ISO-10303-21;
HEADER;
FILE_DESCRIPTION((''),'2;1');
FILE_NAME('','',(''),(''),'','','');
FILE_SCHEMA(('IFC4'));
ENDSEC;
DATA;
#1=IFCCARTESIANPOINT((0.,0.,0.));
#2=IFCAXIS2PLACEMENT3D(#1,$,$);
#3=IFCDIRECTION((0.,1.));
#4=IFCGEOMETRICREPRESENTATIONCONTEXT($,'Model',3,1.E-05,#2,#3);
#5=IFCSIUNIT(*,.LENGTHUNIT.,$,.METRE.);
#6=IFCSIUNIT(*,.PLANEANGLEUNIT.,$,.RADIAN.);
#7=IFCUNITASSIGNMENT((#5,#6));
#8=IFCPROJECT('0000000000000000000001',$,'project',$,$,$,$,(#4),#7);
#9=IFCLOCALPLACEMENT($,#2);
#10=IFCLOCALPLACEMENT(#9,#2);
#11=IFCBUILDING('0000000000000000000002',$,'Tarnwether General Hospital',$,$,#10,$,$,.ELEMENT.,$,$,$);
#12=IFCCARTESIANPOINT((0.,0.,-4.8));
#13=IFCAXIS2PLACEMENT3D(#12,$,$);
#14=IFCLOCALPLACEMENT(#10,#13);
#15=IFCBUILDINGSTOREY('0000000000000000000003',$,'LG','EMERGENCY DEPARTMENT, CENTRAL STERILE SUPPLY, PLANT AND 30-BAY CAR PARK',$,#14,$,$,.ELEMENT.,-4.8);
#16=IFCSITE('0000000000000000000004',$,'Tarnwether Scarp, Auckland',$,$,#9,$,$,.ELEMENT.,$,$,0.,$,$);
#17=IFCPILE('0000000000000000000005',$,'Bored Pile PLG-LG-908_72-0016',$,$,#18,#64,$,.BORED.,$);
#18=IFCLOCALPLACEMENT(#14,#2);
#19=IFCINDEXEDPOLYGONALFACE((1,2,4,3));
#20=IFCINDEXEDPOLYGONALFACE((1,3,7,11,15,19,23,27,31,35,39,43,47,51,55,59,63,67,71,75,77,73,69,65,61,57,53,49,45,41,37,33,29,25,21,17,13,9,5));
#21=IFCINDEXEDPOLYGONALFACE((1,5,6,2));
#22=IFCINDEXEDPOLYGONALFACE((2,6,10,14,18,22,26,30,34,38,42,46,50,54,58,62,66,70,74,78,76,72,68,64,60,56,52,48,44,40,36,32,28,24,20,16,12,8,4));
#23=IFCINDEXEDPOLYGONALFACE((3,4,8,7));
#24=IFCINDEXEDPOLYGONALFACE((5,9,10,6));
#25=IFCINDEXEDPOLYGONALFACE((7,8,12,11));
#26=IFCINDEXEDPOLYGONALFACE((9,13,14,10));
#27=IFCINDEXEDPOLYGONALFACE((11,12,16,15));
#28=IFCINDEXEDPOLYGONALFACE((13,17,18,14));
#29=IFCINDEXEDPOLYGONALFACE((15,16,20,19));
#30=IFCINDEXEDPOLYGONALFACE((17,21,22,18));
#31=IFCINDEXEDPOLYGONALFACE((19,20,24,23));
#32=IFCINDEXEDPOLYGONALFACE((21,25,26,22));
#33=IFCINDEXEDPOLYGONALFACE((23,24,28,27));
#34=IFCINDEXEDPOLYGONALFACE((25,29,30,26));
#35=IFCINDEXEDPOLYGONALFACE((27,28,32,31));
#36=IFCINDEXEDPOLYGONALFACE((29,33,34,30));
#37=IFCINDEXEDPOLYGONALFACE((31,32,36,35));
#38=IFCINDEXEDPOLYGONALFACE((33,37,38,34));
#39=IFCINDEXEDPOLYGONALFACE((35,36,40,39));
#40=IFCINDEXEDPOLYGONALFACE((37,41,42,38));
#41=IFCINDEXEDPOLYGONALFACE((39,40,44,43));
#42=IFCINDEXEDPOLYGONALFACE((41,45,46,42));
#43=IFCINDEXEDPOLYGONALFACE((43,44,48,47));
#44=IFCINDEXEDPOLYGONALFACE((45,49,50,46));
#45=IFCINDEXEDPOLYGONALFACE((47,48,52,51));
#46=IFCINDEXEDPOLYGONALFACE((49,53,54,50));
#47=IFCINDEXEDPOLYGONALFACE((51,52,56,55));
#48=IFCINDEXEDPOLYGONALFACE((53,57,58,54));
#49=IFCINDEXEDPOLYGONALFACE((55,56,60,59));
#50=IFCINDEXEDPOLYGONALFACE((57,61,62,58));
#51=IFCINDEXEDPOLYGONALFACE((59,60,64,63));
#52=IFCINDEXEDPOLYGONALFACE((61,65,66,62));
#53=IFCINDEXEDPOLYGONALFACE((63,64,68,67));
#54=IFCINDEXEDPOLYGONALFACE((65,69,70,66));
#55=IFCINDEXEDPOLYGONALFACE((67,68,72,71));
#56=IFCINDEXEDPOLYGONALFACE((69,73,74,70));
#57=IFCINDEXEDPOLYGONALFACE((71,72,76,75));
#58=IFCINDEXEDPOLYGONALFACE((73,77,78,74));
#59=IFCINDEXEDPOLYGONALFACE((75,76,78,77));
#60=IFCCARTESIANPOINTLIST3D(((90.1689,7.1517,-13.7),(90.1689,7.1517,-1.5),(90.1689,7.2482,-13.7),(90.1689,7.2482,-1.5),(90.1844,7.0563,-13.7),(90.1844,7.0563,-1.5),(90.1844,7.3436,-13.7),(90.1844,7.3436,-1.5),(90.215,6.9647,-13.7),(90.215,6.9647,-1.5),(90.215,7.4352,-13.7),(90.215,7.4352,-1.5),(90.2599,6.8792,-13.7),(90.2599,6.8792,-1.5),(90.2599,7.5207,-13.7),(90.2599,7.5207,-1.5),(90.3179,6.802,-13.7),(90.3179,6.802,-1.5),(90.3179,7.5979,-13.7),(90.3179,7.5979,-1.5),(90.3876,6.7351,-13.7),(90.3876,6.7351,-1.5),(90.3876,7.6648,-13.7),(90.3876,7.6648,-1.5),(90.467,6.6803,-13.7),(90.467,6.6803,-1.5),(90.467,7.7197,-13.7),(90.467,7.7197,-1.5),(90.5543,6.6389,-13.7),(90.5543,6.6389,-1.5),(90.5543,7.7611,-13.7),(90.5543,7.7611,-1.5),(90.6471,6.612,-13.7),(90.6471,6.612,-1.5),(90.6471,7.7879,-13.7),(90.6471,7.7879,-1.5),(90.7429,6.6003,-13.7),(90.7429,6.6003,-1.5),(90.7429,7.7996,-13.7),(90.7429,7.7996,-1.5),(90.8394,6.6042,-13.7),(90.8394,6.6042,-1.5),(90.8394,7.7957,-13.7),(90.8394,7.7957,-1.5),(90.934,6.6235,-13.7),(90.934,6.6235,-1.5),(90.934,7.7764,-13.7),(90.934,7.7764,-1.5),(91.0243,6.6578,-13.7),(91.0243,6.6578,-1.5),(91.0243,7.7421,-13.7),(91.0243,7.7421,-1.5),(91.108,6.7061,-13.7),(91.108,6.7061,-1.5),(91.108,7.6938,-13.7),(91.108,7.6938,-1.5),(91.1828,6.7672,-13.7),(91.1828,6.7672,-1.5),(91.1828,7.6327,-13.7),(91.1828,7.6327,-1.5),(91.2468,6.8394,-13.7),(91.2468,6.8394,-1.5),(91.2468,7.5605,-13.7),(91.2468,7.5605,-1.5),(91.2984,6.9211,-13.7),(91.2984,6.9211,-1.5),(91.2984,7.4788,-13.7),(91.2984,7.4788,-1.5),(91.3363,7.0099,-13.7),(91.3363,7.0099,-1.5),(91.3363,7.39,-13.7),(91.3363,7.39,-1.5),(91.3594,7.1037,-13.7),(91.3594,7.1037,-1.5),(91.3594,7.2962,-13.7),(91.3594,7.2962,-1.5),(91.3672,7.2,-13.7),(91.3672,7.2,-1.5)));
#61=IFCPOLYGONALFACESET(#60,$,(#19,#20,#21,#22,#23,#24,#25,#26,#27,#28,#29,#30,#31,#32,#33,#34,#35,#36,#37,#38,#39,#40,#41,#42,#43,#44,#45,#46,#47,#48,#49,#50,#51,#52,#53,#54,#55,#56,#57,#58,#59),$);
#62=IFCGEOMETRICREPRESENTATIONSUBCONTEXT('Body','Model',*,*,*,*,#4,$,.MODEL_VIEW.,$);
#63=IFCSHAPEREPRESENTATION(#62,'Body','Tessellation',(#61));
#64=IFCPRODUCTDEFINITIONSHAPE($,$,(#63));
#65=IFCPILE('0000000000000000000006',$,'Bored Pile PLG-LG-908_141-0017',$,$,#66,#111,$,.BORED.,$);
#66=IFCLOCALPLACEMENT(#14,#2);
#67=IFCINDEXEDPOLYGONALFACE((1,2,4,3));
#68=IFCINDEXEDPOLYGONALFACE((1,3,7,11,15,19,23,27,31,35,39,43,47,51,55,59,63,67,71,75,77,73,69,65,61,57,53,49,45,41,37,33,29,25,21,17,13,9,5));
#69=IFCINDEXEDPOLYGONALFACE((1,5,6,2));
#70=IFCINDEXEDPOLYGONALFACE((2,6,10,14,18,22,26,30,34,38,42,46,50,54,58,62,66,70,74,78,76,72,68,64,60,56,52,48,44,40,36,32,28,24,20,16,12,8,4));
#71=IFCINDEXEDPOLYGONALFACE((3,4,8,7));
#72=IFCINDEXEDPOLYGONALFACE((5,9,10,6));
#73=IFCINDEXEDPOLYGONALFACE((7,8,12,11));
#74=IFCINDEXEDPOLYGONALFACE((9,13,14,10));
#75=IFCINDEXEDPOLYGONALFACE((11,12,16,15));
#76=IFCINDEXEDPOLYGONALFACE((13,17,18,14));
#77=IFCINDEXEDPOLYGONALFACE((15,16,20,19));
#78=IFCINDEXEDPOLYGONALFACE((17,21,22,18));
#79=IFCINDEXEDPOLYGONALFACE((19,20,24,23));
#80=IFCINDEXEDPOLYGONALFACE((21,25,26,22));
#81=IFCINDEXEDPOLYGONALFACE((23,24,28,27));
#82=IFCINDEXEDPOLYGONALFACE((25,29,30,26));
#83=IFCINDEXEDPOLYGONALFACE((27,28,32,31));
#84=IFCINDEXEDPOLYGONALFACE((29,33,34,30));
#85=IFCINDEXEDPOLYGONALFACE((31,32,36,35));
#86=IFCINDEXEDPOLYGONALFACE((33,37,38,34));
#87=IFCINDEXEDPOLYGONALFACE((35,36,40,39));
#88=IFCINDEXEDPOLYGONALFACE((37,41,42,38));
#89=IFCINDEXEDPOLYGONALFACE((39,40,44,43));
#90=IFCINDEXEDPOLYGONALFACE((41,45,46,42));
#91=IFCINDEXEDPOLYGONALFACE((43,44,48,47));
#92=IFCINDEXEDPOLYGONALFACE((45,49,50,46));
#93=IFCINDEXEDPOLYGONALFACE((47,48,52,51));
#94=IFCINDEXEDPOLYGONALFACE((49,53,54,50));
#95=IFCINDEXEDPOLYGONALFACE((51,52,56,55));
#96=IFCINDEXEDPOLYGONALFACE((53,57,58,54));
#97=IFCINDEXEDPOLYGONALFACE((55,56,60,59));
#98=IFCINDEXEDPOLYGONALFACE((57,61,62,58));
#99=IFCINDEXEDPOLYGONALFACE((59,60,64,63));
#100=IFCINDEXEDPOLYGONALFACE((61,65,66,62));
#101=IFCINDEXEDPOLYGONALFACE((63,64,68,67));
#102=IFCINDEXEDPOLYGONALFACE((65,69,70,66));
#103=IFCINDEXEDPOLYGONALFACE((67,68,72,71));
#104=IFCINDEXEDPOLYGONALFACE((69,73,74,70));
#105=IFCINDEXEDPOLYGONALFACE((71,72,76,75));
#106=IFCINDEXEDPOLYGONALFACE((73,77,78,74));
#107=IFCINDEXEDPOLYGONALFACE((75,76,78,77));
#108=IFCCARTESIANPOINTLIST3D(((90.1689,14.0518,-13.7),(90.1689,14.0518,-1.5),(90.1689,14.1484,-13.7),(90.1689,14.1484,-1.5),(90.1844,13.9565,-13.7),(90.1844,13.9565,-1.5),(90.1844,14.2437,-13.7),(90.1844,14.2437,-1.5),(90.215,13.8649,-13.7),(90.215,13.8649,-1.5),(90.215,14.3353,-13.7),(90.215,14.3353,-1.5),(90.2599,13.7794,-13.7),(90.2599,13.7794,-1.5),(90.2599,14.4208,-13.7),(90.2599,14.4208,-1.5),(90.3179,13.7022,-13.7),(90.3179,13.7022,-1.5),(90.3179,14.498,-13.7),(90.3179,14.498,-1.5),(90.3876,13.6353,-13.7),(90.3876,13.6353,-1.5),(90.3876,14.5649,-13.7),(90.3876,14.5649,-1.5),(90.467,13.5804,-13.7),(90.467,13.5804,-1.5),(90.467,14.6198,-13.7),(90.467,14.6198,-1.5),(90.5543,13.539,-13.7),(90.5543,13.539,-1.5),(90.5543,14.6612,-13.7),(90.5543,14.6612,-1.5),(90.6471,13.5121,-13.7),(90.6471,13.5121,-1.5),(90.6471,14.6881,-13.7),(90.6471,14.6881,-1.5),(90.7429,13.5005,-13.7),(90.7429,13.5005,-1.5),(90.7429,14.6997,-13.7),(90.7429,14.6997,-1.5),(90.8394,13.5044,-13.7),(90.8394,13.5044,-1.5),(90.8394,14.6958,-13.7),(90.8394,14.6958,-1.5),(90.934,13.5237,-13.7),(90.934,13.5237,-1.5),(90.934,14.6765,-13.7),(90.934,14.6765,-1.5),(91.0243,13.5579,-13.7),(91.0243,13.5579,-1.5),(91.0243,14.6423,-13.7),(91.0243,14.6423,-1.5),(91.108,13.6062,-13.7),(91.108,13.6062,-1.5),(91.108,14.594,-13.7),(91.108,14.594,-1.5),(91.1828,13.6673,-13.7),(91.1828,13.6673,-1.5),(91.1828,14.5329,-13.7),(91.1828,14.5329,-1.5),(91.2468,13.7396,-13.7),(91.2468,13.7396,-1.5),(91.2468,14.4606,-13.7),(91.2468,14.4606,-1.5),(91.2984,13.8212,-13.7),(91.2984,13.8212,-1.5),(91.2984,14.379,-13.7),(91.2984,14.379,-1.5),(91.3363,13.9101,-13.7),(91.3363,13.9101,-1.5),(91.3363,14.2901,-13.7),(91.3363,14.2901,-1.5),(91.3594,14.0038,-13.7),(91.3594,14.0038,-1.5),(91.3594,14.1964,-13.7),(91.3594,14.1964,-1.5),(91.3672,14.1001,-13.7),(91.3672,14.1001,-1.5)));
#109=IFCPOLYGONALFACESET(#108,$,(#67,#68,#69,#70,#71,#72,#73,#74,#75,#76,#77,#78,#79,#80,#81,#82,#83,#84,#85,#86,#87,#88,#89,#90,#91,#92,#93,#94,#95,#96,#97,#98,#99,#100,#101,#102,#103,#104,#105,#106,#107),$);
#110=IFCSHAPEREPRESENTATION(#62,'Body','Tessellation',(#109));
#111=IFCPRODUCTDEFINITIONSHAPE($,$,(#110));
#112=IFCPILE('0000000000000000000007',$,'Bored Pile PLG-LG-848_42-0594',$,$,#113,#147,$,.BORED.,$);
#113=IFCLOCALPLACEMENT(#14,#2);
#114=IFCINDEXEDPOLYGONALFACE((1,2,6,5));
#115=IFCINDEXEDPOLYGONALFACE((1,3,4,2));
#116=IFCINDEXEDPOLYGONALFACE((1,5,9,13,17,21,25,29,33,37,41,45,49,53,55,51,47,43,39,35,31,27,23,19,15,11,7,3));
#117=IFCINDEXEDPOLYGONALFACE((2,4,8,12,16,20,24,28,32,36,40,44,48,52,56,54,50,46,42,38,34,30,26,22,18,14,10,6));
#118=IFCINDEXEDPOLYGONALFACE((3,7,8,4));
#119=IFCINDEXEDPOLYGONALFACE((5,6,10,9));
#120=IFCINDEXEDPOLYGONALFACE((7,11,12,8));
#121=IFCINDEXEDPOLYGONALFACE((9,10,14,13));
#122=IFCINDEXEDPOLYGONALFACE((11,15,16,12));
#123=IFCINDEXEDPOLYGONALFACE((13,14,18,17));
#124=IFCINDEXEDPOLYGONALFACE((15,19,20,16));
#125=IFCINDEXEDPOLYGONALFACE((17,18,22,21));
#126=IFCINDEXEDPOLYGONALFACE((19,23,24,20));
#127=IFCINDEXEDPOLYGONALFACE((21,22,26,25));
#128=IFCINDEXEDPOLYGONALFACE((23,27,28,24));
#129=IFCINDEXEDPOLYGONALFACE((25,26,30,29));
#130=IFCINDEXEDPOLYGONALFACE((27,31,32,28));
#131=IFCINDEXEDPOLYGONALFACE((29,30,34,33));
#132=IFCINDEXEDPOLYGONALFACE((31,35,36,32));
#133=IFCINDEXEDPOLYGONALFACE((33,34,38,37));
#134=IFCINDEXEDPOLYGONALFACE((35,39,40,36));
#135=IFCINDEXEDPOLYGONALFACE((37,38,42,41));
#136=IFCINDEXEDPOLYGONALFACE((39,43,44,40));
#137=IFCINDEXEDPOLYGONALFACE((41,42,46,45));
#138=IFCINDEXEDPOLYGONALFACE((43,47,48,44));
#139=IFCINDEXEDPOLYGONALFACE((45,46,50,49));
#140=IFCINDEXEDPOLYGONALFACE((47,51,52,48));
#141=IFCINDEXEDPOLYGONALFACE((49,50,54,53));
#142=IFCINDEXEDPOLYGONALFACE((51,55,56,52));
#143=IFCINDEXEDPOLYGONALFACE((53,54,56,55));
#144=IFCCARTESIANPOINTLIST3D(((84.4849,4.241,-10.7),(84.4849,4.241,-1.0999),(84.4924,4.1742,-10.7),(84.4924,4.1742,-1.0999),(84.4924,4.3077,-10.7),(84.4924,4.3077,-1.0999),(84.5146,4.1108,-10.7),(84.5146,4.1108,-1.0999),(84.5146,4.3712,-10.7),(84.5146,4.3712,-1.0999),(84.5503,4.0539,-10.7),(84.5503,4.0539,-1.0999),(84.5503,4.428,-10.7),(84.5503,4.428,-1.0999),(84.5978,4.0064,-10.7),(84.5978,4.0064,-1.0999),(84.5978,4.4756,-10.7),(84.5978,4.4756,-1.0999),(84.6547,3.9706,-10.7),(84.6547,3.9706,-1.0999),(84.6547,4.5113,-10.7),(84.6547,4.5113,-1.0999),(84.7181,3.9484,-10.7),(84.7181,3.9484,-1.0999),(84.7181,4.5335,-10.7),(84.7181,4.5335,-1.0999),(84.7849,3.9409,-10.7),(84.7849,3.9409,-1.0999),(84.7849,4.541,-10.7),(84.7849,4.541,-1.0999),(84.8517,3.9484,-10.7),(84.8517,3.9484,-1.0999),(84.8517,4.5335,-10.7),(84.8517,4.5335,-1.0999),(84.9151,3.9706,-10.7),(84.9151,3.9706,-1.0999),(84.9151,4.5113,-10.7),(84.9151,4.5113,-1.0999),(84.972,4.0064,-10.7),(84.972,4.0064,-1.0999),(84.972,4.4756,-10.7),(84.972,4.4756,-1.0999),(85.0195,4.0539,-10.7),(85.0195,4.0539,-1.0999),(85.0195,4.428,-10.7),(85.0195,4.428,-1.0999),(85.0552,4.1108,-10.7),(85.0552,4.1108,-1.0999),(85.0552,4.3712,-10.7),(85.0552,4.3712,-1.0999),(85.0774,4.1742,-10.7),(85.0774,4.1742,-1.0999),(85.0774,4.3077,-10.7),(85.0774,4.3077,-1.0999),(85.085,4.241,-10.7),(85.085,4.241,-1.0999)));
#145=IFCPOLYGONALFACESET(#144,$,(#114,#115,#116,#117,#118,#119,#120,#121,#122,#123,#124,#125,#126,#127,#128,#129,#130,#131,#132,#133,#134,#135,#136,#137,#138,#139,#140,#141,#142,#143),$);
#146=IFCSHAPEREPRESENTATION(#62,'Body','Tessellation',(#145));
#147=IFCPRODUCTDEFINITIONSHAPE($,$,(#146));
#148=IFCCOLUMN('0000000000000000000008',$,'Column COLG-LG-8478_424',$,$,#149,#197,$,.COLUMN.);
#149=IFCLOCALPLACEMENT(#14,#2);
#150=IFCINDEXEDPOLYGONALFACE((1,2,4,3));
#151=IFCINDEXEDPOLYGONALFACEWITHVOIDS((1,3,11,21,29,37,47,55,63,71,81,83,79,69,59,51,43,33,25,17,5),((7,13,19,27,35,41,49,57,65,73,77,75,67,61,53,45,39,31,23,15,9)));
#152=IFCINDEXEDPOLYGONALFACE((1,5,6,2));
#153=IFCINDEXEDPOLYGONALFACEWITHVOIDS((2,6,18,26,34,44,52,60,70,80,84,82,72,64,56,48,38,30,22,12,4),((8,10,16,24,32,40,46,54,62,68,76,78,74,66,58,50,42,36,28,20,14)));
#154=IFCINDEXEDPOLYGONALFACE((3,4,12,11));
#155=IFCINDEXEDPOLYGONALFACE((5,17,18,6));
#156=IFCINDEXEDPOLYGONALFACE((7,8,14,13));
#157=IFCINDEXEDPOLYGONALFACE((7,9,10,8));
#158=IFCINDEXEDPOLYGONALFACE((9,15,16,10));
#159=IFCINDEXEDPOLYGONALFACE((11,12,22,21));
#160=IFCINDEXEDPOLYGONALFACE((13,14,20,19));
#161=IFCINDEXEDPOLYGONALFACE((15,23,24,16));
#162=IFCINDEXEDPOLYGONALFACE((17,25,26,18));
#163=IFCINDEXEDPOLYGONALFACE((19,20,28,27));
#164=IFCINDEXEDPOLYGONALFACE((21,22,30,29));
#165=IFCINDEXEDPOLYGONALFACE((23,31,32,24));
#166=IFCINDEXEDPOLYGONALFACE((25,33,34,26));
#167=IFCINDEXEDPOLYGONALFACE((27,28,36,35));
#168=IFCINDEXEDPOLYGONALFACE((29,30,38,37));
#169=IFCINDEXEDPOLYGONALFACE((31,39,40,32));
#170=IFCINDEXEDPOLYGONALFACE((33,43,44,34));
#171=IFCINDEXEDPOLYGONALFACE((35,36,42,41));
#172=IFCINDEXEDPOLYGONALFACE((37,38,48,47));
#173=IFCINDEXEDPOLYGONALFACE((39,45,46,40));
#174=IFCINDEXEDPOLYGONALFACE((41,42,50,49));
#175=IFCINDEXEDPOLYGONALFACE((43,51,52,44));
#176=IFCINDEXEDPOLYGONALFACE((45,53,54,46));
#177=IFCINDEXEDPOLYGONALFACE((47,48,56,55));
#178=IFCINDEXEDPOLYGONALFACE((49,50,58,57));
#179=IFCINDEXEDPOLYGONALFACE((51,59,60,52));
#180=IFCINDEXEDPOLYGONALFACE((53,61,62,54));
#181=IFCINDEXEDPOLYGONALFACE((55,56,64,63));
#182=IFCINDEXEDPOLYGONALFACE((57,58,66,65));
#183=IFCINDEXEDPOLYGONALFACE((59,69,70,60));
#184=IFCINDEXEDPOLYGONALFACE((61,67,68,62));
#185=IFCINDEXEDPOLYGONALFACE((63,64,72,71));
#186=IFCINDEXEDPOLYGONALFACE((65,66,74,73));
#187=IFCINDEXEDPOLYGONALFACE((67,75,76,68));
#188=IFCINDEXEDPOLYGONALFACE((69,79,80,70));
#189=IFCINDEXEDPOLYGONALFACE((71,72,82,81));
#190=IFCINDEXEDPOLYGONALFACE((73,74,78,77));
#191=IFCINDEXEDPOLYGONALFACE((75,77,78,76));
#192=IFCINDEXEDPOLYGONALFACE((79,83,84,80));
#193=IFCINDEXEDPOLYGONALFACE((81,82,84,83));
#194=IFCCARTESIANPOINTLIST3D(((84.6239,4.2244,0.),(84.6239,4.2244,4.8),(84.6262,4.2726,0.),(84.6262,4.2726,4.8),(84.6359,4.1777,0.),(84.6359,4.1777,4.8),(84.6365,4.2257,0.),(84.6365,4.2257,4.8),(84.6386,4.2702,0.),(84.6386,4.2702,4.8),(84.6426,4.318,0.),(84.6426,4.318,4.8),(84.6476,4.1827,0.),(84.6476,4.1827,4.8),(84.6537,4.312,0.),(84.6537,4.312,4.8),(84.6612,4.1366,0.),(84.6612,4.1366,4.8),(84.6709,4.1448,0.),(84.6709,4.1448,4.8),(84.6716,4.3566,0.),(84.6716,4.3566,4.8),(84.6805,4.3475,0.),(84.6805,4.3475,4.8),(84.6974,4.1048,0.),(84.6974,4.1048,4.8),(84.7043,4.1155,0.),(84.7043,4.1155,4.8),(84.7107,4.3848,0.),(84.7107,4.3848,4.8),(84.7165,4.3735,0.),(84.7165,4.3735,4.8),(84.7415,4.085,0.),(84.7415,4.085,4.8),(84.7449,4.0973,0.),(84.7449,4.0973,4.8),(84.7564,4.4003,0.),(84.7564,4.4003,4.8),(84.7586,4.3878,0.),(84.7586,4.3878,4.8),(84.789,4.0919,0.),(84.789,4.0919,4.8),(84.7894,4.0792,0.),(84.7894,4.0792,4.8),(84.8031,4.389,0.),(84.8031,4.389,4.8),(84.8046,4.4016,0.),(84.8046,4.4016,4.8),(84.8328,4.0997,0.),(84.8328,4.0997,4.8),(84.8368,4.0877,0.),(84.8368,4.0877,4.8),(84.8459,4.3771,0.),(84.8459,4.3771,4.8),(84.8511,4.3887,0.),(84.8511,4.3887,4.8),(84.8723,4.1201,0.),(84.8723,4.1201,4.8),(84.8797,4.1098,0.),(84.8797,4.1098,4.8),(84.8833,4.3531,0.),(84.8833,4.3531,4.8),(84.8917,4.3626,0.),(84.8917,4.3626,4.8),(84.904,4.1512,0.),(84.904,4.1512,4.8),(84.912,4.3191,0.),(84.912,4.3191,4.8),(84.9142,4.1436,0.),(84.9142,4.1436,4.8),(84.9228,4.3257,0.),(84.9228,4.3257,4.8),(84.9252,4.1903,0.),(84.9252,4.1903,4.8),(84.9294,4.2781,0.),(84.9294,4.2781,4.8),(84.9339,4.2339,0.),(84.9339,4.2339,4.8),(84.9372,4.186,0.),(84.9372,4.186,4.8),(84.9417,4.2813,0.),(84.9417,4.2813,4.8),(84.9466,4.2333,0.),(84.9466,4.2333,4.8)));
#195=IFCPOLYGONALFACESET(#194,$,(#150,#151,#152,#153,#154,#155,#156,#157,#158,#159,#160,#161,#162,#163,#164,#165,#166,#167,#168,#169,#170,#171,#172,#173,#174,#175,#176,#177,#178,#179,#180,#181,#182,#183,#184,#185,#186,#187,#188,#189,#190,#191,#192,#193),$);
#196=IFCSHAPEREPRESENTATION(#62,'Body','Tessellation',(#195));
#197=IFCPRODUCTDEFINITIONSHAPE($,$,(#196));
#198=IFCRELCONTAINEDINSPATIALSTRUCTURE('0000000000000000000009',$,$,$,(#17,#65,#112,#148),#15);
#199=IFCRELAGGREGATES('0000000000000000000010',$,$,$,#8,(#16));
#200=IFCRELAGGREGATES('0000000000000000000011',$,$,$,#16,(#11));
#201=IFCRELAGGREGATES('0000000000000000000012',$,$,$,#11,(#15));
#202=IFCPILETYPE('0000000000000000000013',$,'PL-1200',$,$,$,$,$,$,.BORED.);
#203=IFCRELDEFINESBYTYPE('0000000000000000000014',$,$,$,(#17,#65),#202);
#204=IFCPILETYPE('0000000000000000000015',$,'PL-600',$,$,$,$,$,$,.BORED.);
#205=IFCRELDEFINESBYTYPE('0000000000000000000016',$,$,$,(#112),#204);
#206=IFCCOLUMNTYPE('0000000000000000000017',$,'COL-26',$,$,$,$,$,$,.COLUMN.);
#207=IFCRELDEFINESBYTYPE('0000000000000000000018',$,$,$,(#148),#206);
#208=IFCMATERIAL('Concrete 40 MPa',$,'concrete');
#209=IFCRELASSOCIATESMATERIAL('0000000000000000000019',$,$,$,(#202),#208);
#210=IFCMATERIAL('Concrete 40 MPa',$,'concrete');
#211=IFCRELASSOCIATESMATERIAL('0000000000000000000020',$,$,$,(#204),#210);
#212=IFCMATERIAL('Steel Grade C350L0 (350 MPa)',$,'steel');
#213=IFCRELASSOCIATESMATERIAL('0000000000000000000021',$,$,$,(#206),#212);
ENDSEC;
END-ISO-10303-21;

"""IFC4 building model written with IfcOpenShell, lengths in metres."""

from ifc_helpers import new_model, si_unit, direction, frame, origin, origin_2d, place, context, subcontext, project, spatial, circle, hollow_circle, extrude, material, material_profile, profile_set, type_object, element, save


model = new_model("IFC4")

# Units and contexts
model_context = context("Model", 3, precision=1e-05, world=origin(), true_north=direction((0.0, 1.0)))
body_context = subcontext(model_context, "Body", "Model", "MODEL_VIEW")
ifc_project = project(units=[si_unit("LENGTHUNIT", "METRE"), si_unit("PLANEANGLEUNIT", "RADIAN")], contexts=[model_context])

# Site, building, storey
site_placement = place(None, origin())
site = spatial("IfcSite", under=ifc_project, at=site_placement, Name="Tarnwether Scarp, Auckland", CompositionType="ELEMENT", RefElevation=0.0)
building_placement = place(site_placement, origin())
building = spatial("IfcBuilding", under=site, at=building_placement, Name="Tarnwether General Hospital", CompositionType="ELEMENT")
storey_placement = place(building_placement, frame((0.0, 0.0, -4.8)))
storey = spatial("IfcBuildingStorey", under=building, at=storey_placement, Name="LG", Description="EMERGENCY DEPARTMENT, CENTRAL STERILE SUPPLY, PLANT AND 30-BAY CAR PARK", CompositionType="ELEMENT", Elevation=-4.8)

# Piles
ifc_material_1 = material(Name="Concrete 40 MPa", Category="concrete")
ifc_material_profile_1 = material_profile(ifc_material_1, circle(Radius=0.6001, at=origin_2d()), Name="PILE-D1200")
ifc_profile_set_1 = profile_set([ifc_material_profile_1], Name="Concrete 40 MPa")
pile_type_1 = type_object("IfcPileType", Name="PL-1200", PredefinedType="BORED", material=ifc_profile_set_1)
for number, where, z_axis, x_axis, name in (
    (1, (90.7671, 7.2, -1.5), (0.0, 0.0, -1.0), (1.0, 0.0, 0.0), "Bored Pile PLG-LG-908_72-0016"),
    (2, (90.7671, 14.1001, -1.5), (0.0, 0.0, -1.0), (1.0, 0.0, 0.0), "Bored Pile PLG-LG-908_141-0017"),
):
    element("IfcPile", number, at=place(storey_placement, frame(where, z_axis=z_axis, x_axis=x_axis)), inside=storey, type_object=pile_type_1, Name=name, PredefinedType="BORED", context=body_context, shape_type="SweptSolid", body=[
        extrude(circle(Radius=0.6001, at=origin_2d()), origin(), (0.0, 0.0, 1.0), 12.2),
    ])
ifc_material_2 = material(Name="Concrete 40 MPa", Category="concrete")
ifc_material_profile_2 = material_profile(ifc_material_2, circle(Radius=0.3, at=origin_2d()), Name="PILE-D600")
ifc_profile_set_2 = profile_set([ifc_material_profile_2], Name="Concrete 40 MPa")
pile_type_2 = type_object("IfcPileType", Name="PL-600", PredefinedType="BORED", material=ifc_profile_set_2)
pile_placement = place(storey_placement, frame((84.7849, 4.241, -1.0999), z_axis=(0.0, 0.0, -1.0), x_axis=(1.0, 0.0, 0.0)))
element("IfcPile", 3, at=pile_placement, inside=storey, type_object=pile_type_2, Name="Bored Pile PLG-LG-848_42-0594", PredefinedType="BORED", context=body_context, shape_type="SweptSolid", body=[
    extrude(circle(Radius=0.3, at=origin_2d()), origin(), (0.0, 0.0, 1.0), 9.6001),
])

# Column
ifc_material_3 = material(Name="Steel Grade C350L0 (350 MPa)", Category="steel")
ifc_material_profile_3 = material_profile(ifc_material_3, hollow_circle(Radius=0.1619, WallThickness=0.0127, at=origin_2d()), Name="CHS323.9x12.7")
ifc_profile_set_3 = profile_set([ifc_material_profile_3], Name="Steel Grade C350L0 (350 MPa)")
column_type_1 = type_object("IfcColumnType", Name="COL-26", PredefinedType="COLUMN", material=ifc_profile_set_3)
column_1_placement = place(storey_placement, frame((84.7849, 4.241, 0.0), z_axis=(0.0, 0.0, 1.0), x_axis=(0.121869, 0.992546, 0.0)))
element("IfcColumn", 4, at=column_1_placement, inside=storey, type_object=column_type_1, Name="Column COLG-LG-8478_424", PredefinedType="COLUMN", context=body_context, shape_type="SweptSolid", body=[
    extrude(hollow_circle(Radius=0.1619, WallThickness=0.0127, at=origin_2d()), origin(), (0.0, 0.0, 1.0), 4.8),
])

save(model, "model.ifc")
